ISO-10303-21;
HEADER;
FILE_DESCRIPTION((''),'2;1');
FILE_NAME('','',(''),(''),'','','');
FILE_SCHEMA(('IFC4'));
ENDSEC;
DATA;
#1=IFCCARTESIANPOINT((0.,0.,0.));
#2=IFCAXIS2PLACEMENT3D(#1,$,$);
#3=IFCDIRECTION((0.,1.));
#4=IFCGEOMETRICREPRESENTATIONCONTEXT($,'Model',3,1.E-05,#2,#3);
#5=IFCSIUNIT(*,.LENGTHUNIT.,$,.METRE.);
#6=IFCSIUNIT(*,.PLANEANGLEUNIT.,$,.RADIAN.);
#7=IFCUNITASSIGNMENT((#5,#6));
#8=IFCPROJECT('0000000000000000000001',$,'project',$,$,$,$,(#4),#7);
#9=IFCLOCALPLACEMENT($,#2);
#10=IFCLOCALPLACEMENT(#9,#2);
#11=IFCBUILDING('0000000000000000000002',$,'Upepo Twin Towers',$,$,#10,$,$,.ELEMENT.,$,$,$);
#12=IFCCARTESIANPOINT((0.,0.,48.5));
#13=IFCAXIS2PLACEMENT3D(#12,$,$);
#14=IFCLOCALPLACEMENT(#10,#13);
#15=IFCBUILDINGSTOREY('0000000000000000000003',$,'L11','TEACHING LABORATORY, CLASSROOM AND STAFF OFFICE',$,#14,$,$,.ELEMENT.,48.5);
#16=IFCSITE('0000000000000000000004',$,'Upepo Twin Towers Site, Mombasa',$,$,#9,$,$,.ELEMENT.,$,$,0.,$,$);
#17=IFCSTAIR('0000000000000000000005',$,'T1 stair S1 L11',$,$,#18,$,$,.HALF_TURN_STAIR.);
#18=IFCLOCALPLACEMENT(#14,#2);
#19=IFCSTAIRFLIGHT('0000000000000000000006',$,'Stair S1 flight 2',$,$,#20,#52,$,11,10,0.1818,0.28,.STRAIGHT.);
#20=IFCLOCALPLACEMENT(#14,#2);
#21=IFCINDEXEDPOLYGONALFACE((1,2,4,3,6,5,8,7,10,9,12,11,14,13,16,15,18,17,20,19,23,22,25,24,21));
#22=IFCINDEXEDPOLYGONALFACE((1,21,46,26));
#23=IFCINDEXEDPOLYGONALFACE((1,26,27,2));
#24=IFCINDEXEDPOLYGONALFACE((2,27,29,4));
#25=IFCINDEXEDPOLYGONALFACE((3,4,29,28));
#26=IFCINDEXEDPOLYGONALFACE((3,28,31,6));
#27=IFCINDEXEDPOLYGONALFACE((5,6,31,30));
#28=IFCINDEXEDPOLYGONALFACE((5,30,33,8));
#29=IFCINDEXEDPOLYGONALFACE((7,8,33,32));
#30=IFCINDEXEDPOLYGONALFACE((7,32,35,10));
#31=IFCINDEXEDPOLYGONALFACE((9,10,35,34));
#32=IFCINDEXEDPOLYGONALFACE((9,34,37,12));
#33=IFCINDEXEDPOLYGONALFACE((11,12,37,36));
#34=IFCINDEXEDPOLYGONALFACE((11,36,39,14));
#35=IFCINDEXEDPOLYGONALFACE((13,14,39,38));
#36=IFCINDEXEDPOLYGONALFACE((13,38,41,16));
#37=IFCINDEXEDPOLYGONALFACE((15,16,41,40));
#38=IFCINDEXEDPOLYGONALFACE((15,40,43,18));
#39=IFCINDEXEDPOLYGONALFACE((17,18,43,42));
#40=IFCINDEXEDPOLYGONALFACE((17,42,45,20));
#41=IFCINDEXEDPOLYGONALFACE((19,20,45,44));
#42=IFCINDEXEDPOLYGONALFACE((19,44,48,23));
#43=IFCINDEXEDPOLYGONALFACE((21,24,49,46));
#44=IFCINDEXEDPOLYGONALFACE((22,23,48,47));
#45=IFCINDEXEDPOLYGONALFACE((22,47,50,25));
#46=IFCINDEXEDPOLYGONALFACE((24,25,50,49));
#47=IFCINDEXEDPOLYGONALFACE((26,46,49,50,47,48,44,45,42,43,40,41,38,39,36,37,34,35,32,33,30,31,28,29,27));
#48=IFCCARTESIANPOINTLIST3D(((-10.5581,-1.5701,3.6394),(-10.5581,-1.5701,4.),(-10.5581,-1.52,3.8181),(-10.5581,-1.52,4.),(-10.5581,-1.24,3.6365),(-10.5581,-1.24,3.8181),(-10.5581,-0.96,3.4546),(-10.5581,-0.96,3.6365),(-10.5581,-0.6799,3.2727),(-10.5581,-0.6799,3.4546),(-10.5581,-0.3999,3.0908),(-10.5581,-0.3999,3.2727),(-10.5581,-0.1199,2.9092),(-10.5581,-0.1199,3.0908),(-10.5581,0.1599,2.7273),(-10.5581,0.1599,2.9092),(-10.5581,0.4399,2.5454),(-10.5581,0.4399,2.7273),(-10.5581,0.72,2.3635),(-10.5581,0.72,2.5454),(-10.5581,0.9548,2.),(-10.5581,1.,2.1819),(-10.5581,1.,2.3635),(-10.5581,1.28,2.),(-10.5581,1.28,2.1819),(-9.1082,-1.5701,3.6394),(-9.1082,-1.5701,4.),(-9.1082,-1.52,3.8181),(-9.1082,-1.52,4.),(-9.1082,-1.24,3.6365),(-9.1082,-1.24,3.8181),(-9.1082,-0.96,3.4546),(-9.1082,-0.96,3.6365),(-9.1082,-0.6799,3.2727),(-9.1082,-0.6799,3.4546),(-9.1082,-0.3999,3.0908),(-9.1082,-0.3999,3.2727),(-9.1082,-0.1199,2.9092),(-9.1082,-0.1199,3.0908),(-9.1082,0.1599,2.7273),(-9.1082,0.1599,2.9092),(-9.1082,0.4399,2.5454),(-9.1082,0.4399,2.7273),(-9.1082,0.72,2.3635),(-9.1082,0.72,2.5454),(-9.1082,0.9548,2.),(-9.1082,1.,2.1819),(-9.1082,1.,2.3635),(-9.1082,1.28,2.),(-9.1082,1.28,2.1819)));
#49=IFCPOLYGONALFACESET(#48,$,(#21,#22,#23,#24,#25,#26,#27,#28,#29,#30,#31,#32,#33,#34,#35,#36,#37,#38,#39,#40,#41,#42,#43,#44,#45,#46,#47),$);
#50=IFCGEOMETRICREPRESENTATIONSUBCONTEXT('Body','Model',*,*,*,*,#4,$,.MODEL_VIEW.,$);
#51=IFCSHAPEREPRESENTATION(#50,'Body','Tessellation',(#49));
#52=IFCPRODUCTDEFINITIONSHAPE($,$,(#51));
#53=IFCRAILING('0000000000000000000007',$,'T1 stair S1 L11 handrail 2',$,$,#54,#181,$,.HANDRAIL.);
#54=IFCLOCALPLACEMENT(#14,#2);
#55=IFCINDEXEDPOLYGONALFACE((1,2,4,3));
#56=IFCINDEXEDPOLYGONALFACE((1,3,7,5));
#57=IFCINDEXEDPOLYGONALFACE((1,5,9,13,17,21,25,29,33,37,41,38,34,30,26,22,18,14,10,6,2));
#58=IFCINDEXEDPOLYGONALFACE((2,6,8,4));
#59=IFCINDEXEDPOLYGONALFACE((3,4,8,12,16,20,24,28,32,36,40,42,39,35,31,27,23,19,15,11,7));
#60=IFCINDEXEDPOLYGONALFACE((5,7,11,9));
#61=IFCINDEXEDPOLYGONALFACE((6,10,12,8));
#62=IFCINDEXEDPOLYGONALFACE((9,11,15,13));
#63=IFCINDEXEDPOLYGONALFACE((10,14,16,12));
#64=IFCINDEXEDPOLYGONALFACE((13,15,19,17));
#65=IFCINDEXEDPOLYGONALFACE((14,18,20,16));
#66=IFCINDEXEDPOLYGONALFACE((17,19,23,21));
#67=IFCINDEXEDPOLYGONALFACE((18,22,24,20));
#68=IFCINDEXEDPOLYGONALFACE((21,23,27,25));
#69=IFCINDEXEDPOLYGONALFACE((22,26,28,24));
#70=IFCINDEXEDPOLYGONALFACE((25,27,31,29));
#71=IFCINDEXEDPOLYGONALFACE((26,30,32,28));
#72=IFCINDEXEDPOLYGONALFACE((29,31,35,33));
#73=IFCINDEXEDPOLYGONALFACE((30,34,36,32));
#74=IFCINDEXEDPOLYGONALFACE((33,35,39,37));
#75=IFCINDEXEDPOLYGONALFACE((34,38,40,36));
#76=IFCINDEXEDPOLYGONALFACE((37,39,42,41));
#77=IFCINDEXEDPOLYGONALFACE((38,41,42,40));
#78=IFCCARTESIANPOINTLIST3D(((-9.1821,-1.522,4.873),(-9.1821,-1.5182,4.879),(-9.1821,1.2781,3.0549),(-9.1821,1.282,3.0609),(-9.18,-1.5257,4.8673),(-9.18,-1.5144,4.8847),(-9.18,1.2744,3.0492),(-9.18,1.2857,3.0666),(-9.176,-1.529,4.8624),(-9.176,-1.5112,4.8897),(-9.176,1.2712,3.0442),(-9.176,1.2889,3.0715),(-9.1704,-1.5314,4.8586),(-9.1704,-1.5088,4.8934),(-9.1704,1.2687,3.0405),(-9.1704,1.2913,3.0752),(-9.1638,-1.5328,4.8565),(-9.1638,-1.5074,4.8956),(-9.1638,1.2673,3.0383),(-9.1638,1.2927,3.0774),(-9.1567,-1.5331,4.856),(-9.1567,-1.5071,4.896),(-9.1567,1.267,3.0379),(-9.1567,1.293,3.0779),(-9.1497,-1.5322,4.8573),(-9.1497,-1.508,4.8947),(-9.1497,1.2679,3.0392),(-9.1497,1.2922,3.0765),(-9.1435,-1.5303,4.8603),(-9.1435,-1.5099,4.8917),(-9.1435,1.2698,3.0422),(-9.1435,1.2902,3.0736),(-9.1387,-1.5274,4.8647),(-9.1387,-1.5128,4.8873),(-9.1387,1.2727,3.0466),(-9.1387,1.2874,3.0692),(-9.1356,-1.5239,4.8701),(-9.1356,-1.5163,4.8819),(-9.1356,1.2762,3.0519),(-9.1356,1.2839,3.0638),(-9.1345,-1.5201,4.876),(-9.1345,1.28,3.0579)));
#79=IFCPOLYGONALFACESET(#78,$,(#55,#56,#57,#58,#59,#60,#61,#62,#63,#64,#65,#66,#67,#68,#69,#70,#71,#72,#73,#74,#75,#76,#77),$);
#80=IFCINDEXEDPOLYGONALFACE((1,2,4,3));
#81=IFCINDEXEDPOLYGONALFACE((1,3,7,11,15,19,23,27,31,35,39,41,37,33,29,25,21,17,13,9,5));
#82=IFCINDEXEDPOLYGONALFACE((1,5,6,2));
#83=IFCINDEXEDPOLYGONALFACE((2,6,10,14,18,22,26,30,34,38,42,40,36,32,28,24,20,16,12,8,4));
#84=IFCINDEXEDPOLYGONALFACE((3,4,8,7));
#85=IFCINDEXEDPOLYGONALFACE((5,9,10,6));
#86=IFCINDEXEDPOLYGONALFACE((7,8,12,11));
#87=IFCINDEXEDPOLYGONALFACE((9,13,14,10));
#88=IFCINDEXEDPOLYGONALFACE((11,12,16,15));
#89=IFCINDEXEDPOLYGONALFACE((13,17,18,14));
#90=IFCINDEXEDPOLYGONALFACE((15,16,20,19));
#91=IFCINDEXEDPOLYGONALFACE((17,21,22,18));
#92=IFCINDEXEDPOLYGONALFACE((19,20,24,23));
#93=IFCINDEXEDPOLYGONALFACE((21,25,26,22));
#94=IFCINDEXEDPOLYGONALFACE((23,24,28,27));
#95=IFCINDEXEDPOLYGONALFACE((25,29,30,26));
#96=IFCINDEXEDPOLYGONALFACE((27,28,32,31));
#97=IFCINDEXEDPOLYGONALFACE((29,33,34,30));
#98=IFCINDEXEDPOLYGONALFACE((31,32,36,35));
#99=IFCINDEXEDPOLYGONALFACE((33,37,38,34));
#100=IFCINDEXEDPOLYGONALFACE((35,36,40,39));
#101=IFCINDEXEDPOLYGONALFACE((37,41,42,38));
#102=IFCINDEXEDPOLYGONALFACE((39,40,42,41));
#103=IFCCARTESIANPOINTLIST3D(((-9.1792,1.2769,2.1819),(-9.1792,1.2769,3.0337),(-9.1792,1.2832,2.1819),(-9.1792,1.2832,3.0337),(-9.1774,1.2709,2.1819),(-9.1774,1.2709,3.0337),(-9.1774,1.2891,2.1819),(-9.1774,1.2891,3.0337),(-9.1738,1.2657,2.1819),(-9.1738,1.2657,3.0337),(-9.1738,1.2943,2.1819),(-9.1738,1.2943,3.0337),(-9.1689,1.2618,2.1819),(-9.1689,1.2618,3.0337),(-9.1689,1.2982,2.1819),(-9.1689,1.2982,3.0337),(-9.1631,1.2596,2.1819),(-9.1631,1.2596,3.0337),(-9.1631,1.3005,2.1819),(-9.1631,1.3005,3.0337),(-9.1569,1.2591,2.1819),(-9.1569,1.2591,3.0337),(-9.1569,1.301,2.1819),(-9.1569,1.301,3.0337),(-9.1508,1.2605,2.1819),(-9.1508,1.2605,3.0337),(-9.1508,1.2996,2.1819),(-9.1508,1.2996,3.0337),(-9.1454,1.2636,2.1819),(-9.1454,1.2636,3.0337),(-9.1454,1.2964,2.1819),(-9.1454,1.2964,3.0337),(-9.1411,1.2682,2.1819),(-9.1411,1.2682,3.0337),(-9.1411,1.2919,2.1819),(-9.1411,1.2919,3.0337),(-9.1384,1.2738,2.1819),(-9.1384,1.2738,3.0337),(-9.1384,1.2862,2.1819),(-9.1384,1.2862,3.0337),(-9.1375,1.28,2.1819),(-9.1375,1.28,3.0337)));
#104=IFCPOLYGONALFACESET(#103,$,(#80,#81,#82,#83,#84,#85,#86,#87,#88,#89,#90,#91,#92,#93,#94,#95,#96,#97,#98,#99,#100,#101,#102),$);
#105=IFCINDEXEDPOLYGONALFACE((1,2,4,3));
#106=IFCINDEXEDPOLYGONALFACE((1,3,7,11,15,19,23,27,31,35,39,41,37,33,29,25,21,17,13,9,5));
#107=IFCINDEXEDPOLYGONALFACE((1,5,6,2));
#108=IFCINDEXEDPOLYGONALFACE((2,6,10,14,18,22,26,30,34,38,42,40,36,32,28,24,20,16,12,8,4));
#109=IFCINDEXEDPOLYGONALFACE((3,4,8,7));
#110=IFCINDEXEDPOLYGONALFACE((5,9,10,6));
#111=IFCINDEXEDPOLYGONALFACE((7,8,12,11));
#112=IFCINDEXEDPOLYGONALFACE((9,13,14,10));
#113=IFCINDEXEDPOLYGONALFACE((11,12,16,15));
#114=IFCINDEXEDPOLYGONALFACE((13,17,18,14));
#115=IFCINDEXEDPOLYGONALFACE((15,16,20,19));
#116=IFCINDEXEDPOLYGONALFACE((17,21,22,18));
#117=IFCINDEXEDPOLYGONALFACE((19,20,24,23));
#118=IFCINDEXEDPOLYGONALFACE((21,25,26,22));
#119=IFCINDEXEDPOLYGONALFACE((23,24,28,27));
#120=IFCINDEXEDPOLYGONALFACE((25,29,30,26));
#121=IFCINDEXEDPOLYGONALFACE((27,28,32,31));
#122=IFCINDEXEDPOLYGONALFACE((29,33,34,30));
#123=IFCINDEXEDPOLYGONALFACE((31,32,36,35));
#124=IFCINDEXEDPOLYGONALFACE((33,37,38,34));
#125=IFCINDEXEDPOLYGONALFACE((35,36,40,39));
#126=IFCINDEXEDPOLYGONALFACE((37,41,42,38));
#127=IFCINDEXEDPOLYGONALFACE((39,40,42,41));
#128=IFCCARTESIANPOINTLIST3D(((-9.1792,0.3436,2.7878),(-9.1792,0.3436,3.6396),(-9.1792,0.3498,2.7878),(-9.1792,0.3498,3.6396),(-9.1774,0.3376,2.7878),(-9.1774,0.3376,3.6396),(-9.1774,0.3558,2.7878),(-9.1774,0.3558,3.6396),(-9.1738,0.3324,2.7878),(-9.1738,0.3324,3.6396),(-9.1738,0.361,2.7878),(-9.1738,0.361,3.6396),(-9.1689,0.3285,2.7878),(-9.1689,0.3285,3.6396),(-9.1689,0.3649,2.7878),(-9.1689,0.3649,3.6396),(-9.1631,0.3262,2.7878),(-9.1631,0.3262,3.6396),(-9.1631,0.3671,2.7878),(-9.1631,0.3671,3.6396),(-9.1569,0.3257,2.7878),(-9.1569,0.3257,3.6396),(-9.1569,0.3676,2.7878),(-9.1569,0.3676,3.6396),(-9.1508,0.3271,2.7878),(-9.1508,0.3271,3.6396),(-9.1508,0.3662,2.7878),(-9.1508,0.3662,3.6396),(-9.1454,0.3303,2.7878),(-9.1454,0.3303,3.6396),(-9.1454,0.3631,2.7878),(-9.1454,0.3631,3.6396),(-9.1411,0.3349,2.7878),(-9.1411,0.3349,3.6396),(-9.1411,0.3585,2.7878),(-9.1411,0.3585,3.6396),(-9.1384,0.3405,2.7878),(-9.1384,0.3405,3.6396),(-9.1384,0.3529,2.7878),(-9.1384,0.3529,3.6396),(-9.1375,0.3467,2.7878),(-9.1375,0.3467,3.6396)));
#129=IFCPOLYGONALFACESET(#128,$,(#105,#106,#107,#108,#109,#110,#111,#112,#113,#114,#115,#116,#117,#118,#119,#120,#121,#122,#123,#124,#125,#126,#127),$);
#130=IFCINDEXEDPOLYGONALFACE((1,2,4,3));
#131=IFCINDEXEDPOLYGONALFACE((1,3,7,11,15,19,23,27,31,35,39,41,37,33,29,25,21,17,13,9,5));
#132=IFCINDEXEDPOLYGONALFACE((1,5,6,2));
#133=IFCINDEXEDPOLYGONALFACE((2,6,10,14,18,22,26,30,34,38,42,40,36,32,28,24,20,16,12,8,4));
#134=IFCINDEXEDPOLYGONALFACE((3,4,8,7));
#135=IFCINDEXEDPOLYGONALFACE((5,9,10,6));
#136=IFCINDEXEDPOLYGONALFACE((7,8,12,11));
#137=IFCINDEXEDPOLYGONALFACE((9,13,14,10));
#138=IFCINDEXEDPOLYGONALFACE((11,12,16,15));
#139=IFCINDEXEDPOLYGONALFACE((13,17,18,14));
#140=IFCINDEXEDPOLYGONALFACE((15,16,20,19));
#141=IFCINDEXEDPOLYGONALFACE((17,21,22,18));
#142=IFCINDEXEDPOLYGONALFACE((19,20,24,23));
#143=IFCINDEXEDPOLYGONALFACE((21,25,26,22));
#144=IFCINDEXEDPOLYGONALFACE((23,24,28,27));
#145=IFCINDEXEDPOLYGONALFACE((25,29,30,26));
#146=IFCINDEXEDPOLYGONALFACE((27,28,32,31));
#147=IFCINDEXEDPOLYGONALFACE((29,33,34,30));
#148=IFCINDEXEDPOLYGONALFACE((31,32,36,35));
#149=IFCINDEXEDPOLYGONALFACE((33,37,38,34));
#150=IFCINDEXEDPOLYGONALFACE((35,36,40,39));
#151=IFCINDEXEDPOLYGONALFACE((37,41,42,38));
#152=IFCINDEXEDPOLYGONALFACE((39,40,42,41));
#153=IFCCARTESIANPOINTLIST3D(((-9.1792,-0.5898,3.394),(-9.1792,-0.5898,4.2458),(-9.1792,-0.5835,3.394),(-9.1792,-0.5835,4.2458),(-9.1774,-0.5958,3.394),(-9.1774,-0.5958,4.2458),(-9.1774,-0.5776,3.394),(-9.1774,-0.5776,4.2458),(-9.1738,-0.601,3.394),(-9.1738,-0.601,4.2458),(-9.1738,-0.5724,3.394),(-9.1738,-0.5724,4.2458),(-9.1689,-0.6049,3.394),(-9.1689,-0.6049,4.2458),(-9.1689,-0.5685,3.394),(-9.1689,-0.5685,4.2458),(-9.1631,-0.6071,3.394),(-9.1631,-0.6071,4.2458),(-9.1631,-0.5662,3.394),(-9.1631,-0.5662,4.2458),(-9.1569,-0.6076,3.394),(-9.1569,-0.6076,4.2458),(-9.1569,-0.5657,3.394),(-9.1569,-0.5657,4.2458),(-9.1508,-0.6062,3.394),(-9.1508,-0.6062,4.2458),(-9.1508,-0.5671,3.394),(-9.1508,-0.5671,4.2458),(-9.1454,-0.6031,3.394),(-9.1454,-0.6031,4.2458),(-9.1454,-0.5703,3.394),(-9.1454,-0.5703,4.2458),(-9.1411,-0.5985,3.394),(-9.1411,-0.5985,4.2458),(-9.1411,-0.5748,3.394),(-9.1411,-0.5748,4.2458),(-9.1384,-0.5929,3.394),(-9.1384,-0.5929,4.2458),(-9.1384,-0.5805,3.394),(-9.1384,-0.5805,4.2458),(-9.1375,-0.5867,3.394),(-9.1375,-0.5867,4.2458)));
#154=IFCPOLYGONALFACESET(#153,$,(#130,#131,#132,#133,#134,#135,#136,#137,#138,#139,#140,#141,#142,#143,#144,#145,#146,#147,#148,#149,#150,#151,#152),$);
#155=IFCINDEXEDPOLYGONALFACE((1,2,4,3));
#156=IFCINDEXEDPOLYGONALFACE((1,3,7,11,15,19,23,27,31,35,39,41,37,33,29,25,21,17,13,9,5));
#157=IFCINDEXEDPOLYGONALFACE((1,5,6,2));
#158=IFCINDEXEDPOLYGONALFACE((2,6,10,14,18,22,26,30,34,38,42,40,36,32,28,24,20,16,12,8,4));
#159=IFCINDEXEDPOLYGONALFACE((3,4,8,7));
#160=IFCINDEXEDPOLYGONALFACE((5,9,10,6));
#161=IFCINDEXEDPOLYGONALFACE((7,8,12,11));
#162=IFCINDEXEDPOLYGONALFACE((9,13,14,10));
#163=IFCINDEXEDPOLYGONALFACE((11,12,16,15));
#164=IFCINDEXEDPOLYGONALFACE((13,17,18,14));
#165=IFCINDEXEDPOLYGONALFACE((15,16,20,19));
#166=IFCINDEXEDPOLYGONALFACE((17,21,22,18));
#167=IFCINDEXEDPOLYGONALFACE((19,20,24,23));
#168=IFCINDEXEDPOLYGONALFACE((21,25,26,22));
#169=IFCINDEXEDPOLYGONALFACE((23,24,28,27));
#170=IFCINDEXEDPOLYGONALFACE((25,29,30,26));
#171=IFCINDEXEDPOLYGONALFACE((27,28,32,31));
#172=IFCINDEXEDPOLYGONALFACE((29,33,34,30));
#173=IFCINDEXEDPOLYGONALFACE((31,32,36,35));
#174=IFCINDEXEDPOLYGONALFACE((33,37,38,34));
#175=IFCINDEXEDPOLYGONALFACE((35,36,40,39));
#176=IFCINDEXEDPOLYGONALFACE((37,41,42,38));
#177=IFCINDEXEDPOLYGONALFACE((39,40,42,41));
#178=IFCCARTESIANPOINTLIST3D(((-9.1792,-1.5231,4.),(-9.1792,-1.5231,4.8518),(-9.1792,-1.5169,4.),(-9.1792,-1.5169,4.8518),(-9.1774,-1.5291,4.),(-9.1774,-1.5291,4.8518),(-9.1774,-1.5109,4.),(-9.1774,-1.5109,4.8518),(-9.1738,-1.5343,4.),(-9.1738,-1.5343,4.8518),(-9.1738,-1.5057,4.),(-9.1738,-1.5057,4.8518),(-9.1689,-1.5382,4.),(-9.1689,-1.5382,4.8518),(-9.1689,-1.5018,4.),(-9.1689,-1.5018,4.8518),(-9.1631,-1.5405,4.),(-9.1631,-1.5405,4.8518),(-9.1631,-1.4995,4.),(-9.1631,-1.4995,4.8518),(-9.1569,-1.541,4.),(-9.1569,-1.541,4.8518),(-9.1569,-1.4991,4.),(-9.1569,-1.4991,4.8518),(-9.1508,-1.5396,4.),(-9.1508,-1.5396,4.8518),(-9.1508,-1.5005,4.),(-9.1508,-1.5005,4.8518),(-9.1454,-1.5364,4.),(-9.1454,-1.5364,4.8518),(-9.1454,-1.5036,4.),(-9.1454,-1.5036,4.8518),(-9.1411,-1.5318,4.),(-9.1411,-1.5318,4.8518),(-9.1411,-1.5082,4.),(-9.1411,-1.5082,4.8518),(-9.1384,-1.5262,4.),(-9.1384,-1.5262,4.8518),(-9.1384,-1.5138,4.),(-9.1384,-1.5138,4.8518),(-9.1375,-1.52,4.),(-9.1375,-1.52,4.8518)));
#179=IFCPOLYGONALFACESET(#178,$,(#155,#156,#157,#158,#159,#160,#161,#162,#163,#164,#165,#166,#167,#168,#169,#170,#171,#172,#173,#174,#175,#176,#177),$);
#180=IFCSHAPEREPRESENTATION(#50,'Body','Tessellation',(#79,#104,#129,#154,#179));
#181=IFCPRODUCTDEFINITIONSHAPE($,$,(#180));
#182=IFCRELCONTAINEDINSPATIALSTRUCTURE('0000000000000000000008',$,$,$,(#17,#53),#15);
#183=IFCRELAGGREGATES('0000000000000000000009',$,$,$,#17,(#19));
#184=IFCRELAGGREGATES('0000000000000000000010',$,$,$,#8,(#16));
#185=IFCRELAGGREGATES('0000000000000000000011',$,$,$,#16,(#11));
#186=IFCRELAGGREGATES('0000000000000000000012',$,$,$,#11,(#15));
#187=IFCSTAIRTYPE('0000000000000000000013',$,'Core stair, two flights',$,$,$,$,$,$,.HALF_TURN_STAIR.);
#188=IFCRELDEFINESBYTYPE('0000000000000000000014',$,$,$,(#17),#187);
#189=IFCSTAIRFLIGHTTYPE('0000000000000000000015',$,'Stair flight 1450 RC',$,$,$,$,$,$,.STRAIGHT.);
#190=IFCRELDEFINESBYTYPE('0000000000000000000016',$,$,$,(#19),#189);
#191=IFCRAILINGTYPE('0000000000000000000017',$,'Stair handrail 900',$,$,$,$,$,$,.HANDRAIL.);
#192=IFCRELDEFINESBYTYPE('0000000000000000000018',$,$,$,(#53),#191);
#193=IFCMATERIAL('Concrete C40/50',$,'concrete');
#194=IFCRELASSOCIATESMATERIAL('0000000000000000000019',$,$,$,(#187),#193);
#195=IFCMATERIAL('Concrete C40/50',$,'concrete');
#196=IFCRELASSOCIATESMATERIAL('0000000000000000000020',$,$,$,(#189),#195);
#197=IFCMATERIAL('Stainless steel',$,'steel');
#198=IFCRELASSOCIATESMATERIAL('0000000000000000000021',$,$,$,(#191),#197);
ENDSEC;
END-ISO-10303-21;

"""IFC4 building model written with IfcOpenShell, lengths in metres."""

from ifc_helpers import new_model, si_unit, direction, frame, origin, origin_2d, place, context, subcontext, project, spatial, polyline, circle, outline, extrude, material, type_object, element, aggregate, save


model = new_model("IFC4")

# Units and contexts
model_context = context("Model", 3, precision=1e-05, world=origin(), true_north=direction((0.0, 1.0)))
body_context = subcontext(model_context, "Body", "Model", "MODEL_VIEW")
ifc_project = project(units=[si_unit("LENGTHUNIT", "METRE"), si_unit("PLANEANGLEUNIT", "RADIAN")], contexts=[model_context])

# Site, building, storey
site_placement = place(None, origin())
site = spatial("IfcSite", under=ifc_project, at=site_placement, Name="Upepo Twin Towers Site, Mombasa", CompositionType="ELEMENT", RefElevation=0.0)
building_placement = place(site_placement, origin())
building = spatial("IfcBuilding", under=site, at=building_placement, Name="Upepo Twin Towers", CompositionType="ELEMENT")
storey_placement = place(building_placement, frame((0.0, 0.0, 48.5)))
storey = spatial("IfcBuildingStorey", under=building, at=storey_placement, Name="L11", Description="TEACHING LABORATORY, CLASSROOM AND STAFF OFFICE", CompositionType="ELEMENT", Elevation=48.5)

# Stair, stair flight
ifc_material_1 = material(Name="Concrete C40/50", Category="concrete")
stair_type = type_object("IfcStairType", Name="Core stair, two flights", PredefinedType="HALF_TURN_STAIR", material=ifc_material_1)
stair_placement = place(storey_placement, origin())
stair = element("IfcStair", 1, at=stair_placement, inside=storey, type_object=stair_type, Name="T1 stair S1 L11", PredefinedType="HALF_TURN_STAIR")
ifc_material_2 = material(Name="Concrete C40/50", Category="concrete")
stair_flight_type = type_object("IfcStairFlightType", Name="Stair flight 1450 RC", PredefinedType="STRAIGHT", material=ifc_material_2)
stair_flight_placement = place(storey_placement, frame((-9.8333, 1.28, 2.0), z_axis=(0.0, 0.0, 1.0), x_axis=(0.0, -1.0, 0.0)))
stair_flight = element("IfcStairFlight", 2, at=stair_flight_placement, type_object=stair_flight_type, Name="Stair S1 flight 2", NumberOfRisers=11, NumberOfTreads=10, PredefinedType="STRAIGHT", RiserHeight=0.1818, TreadLength=0.28, context=body_context, shape_type="SweptSolid", body=[
    extrude(outline(polyline([(0.0, 0.0), (0.0, 0.1819), (0.28, 0.1819), (0.28, 0.3635), (0.5601, 0.3635), (0.5601, 0.5454), (0.8401, 0.5454), (0.8401, 0.7273), (1.1201, 0.7273), (1.1201, 0.9092), (1.3999, 0.9092), (1.3999, 1.0908), (1.6799, 1.0908), (1.6799, 1.2727), (1.96, 1.2727), (1.96, 1.4546), (2.24, 1.4546), (2.24, 1.6365), (2.52, 1.6365), (2.52, 1.8181), (2.8, 1.8181), (2.8, 2.0), (2.8501, 2.0), (2.8501, 1.6394), (0.3252, 0.0), (0.0, 0.0)])), frame((0.0, 0.7251, 0.0), z_axis=(0.0, -1.0, 0.0), x_axis=(1.0, 0.0, 0.0)), (0.0, 0.0, 1.0), 1.45),
])
aggregate(stair, [stair_flight])

# Railing
ifc_material_3 = material(Name="Stainless steel", Category="steel")
railing_type = type_object("IfcRailingType", Name="Stair handrail 900", PredefinedType="HANDRAIL", material=ifc_material_3)
railing_placement = place(storey_placement, frame((-9.1584, 1.28, 2.1819)))
element("IfcRailing", 3, at=railing_placement, inside=storey, type_object=railing_type, Name="T1 stair S1 L11 handrail 2", PredefinedType="HANDRAIL", context=body_context, shape_type="SweptSolid", body=[
    extrude(circle(Radius=0.0239, at=origin_2d()), frame((0.0, 0.0, 0.876), z_axis=(0.0, -0.838706, 0.544585), x_axis=(1.0, 0.0, 0.0)), (0.0, 0.0, 1.0), 3.3386),
    extrude(circle(Radius=0.021, at=origin_2d()), origin(), (0.0, 0.0, 1.0), 0.8518),
    extrude(circle(Radius=0.021, at=origin_2d()), frame((0.0, -0.9333, 0.606)), (0.0, 0.0, 1.0), 0.8518),
    extrude(circle(Radius=0.021, at=origin_2d()), frame((0.0, -1.8667, 1.2122)), (0.0, 0.0, 1.0), 0.8518),
    extrude(circle(Radius=0.021, at=origin_2d()), frame((0.0, -2.8, 1.8181)), (0.0, 0.0, 1.0), 0.8518),
])

save(model, "model.ifc")
